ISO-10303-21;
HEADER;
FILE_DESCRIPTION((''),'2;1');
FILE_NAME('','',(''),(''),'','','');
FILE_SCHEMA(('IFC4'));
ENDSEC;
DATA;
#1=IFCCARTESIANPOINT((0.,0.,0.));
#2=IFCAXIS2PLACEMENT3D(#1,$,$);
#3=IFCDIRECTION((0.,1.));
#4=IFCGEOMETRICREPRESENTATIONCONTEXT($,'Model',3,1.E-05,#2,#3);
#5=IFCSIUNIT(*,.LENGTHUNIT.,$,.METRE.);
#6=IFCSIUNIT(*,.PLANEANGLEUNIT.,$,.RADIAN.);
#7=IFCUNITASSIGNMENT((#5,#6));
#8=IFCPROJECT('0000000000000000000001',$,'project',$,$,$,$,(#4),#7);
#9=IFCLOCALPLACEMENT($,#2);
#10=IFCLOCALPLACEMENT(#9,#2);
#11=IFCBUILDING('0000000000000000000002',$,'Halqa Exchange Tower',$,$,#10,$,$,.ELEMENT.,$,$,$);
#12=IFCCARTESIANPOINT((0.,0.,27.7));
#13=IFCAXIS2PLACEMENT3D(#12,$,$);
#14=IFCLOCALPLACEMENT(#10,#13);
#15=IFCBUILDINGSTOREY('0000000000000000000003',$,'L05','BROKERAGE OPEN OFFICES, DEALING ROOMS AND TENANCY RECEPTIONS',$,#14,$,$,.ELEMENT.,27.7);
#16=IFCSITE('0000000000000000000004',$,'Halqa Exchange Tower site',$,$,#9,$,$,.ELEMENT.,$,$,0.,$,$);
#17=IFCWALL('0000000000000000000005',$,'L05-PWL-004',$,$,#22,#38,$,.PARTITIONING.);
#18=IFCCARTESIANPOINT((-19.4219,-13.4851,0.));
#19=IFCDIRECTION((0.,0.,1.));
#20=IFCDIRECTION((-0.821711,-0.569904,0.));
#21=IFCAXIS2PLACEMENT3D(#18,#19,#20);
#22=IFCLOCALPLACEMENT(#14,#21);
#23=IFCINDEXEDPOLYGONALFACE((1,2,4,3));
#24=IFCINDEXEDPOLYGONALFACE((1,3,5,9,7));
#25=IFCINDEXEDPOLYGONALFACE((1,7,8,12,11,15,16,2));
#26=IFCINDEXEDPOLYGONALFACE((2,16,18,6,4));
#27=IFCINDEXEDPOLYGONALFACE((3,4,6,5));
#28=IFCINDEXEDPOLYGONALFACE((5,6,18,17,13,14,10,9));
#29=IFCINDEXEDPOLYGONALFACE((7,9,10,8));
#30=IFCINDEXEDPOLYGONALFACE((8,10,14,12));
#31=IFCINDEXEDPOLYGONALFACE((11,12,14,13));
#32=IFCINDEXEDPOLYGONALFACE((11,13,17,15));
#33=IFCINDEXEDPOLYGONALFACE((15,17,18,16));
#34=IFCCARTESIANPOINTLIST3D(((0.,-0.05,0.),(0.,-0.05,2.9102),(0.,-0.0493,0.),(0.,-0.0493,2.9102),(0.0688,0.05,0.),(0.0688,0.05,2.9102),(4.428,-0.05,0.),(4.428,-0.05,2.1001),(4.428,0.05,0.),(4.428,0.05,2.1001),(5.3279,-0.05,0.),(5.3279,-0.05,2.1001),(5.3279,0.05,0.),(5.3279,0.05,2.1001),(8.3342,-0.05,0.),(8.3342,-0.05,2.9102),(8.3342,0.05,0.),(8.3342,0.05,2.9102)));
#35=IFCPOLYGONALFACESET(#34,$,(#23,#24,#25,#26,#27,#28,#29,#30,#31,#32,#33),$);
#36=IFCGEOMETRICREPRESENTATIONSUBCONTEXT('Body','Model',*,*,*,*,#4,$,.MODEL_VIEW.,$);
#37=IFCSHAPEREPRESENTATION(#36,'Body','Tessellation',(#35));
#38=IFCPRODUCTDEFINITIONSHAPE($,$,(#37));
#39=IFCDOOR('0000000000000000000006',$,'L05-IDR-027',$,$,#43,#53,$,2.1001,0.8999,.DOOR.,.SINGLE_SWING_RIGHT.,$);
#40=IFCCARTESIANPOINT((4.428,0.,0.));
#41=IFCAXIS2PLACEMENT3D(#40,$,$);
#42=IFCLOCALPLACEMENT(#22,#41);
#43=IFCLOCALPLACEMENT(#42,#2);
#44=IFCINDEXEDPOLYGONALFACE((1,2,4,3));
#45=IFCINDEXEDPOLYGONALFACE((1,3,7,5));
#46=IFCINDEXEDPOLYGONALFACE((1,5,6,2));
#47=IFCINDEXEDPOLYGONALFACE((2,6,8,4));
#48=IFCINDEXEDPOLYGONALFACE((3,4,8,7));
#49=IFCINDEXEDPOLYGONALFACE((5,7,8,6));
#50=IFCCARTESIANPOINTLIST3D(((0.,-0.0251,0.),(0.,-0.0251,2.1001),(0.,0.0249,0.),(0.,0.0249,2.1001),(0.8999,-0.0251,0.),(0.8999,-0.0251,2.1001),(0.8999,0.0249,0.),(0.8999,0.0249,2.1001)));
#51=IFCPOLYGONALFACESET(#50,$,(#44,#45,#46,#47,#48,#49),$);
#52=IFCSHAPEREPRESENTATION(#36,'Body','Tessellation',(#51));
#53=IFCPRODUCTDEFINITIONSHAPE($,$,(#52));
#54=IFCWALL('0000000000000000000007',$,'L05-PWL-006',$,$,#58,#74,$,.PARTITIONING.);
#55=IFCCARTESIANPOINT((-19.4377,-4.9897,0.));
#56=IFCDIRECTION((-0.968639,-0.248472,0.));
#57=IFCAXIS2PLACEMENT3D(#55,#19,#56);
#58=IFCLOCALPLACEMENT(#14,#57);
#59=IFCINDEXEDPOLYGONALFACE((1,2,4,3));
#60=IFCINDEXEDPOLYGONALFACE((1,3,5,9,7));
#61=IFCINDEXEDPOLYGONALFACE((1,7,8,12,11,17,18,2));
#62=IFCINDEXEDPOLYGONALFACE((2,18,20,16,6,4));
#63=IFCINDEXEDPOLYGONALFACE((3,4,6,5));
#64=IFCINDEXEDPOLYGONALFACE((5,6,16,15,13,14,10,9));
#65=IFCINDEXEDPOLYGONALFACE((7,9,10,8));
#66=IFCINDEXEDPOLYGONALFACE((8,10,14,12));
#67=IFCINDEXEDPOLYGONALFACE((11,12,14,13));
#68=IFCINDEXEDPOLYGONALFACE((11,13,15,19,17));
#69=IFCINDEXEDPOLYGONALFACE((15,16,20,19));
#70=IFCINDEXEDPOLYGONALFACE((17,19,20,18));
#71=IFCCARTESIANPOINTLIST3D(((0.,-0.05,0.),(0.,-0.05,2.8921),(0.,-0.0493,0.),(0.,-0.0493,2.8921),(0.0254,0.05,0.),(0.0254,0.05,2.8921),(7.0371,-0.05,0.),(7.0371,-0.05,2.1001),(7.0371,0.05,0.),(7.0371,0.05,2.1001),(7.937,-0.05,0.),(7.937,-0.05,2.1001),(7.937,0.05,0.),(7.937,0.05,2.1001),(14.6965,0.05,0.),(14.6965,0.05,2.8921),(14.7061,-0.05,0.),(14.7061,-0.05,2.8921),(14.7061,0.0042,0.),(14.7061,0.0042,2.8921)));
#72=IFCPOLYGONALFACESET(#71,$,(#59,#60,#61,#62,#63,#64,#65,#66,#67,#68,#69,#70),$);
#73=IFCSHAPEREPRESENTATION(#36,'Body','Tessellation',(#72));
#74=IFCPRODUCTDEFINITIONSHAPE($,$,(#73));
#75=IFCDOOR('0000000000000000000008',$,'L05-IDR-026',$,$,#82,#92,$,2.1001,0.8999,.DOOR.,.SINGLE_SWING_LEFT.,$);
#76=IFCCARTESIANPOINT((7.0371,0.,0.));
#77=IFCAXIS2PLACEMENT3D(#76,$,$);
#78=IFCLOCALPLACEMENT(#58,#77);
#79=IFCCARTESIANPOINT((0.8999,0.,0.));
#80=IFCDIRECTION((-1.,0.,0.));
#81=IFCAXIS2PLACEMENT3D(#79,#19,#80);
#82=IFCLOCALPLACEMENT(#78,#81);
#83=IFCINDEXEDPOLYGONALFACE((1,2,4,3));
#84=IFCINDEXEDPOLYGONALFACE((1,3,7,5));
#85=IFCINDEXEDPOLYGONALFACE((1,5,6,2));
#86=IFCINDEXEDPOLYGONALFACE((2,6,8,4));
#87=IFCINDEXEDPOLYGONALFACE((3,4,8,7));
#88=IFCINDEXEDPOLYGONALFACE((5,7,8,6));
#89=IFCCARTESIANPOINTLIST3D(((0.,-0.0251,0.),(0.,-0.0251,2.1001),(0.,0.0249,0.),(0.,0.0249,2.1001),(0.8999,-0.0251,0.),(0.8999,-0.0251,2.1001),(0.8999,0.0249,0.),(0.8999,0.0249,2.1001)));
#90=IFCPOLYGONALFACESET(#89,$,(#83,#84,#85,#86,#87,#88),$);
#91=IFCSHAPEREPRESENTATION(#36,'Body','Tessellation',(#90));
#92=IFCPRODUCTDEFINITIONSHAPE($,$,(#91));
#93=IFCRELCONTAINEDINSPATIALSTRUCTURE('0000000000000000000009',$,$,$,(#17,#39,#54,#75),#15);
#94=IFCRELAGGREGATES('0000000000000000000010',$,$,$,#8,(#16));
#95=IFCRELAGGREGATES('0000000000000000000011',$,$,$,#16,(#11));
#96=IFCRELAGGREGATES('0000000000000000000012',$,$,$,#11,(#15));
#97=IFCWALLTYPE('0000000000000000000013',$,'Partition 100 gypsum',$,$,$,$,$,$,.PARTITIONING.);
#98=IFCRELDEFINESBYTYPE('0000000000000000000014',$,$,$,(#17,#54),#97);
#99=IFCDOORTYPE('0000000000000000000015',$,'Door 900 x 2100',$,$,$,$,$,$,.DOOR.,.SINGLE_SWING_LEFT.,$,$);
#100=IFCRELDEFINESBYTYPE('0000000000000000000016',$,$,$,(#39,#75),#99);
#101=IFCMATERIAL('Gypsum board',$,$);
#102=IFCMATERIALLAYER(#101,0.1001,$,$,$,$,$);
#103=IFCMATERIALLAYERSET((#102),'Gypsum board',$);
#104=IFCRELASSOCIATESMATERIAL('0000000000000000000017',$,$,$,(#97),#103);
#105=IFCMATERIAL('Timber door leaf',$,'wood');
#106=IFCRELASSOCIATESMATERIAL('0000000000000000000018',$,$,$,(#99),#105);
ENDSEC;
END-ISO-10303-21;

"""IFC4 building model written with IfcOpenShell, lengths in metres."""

from ifc_helpers import new_model, si_unit, direction, frame, frame_2d, origin, place, context, subcontext, project, spatial, polyline, rectangle, outline, extrude, material, layer, layer_set, type_object, element, fill, save


model = new_model("IFC4")

# Units and contexts
model_context = context("Model", 3, precision=1e-05, world=origin(), true_north=direction((0.0, 1.0)))
body_context = subcontext(model_context, "Body", "Model", "MODEL_VIEW")
ifc_project = project(units=[si_unit("LENGTHUNIT", "METRE"), si_unit("PLANEANGLEUNIT", "RADIAN")], contexts=[model_context])

# Site, building, storey
site_placement = place(None, origin())
site = spatial("IfcSite", under=ifc_project, at=site_placement, Name="Halqa Exchange Tower site", CompositionType="ELEMENT", RefElevation=0.0)
building_placement = place(site_placement, origin())
building = spatial("IfcBuilding", under=site, at=building_placement, Name="Halqa Exchange Tower", CompositionType="ELEMENT")
storey_placement = place(building_placement, frame((0.0, 0.0, 27.7)))
storey = spatial("IfcBuildingStorey", under=building, at=storey_placement, Name="L05", Description="BROKERAGE OPEN OFFICES, DEALING ROOMS AND TENANCY RECEPTIONS", CompositionType="ELEMENT", Elevation=27.7)

# Wall, opening, door
ifc_material_1 = material(Name="Gypsum board")
ifc_layer_1 = layer(ifc_material_1, 0.1001)
ifc_layer_set_1 = layer_set([ifc_layer_1], Name="Gypsum board")
wall_type_1 = type_object("IfcWallType", Name="Partition 100 gypsum", PredefinedType="PARTITIONING", material=ifc_layer_set_1)
wall_1_placement = place(storey_placement, frame((-19.4219, -13.4851, 0.0), z_axis=(0.0, 0.0, 1.0), x_axis=(-0.821711, -0.569904, 0.0)))
wall_1 = element("IfcWall", 1, at=wall_1_placement, inside=storey, type_object=wall_type_1, Name="L05-PWL-004", PredefinedType="PARTITIONING", context=body_context, shape_type="SweptSolid", body=[
    extrude(outline(polyline([(8.3342, 0.05), (6.6812, 0.05), (5.0281, 0.05), (3.375, 0.05), (1.7219, 0.05), (0.0688, 0.05), (0.0, -0.0493), (0.0, -0.05), (1.6667, -0.05), (3.3337, -0.05), (5.0005, -0.05), (6.6675, -0.05), (8.3342, -0.05), (8.3342, 0.05)])), origin(), (0.0, 0.0, 1.0), 2.9102),
])
opening_1_placement = place(wall_1_placement, frame((4.428, 0.0, 0.0)))
opening_1 = element("IfcOpeningElement", 2, at=opening_1_placement, cuts=wall_1, PredefinedType="OPENING", context=body_context, shape_type="SweptSolid", body=[
    extrude(rectangle(XDim=0.8999, YDim=2.1001, at=frame_2d((0.45, 1.05))), frame((0.0, 0.062, 0.0), z_axis=(0.0, -1.0, 0.0), x_axis=(1.0, 0.0, 0.0)), (0.0, 0.0, 1.0), 0.124),
])
ifc_material_2 = material(Name="Timber door leaf", Category="wood")
door_type_1 = type_object("IfcDoorType", Name="Door 900 x 2100", OperationType="SINGLE_SWING_LEFT", PredefinedType="DOOR", material=ifc_material_2)
door_1_placement = place(opening_1_placement, origin())
door_1 = element("IfcDoor", 3, at=door_1_placement, inside=storey, type_object=door_type_1, Name="L05-IDR-027", OperationType="SINGLE_SWING_RIGHT", OverallHeight=2.1001, OverallWidth=0.8999, PredefinedType="DOOR", context=body_context, shape_type="SweptSolid", body=[
    extrude(rectangle(XDim=0.8999, YDim=2.1001, at=frame_2d((0.45, 1.05))), frame((0.0, 0.0249, 0.0), z_axis=(0.0, -1.0, 0.0), x_axis=(1.0, 0.0, 0.0)), (0.0, 0.0, 1.0), 0.05),
])
fill(opening_1, door_1)

# Wall, opening, door
wall_2_placement = place(storey_placement, frame((-19.4377, -4.9897, 0.0), z_axis=(0.0, 0.0, 1.0), x_axis=(-0.968639, -0.248472, 0.0)))
wall_2 = element("IfcWall", 4, at=wall_2_placement, inside=storey, type_object=wall_type_1, Name="L05-PWL-006", PredefinedType="PARTITIONING", context=body_context, shape_type="SweptSolid", body=[
    extrude(outline(polyline([(14.7061, -0.05), (14.7061, 0.0042), (14.6965, 0.05), (12.8625, 0.05), (11.0288, 0.05), (9.1948, 0.05), (7.3611, 0.05), (5.5271, 0.05), (3.6934, 0.05), (1.8594, 0.05), (0.0254, 0.05), (0.0, -0.0493), (0.0, -0.05), (1.8384, -0.05), (3.6765, -0.05), (5.5146, -0.05), (7.353, -0.05), (9.1914, -0.05), (11.0295, -0.05), (12.8677, -0.05), (14.7061, -0.05)])), origin(), (0.0, 0.0, 1.0), 2.8921),
])
opening_2_placement = place(wall_2_placement, frame((7.0371, 0.0, 0.0)))
opening_2 = element("IfcOpeningElement", 5, at=opening_2_placement, cuts=wall_2, PredefinedType="OPENING", context=body_context, shape_type="SweptSolid", body=[
    extrude(rectangle(XDim=0.8999, YDim=2.1001, at=frame_2d((0.45, 1.05))), frame((0.0, 0.062, 0.0), z_axis=(0.0, -1.0, 0.0), x_axis=(1.0, 0.0, 0.0)), (0.0, 0.0, 1.0), 0.124),
])
door_2_placement = place(opening_2_placement, frame((0.8999, 0.0, 0.0), z_axis=(0.0, 0.0, 1.0), x_axis=(-1.0, 0.0, 0.0)))
door_2 = element("IfcDoor", 6, at=door_2_placement, inside=storey, type_object=door_type_1, Name="L05-IDR-026", OperationType="SINGLE_SWING_LEFT", OverallHeight=2.1001, OverallWidth=0.8999, PredefinedType="DOOR", context=body_context, shape_type="SweptSolid", body=[
    extrude(rectangle(XDim=0.8999, YDim=2.1001, at=frame_2d((0.45, 1.05))), frame((0.0, 0.0249, 0.0), z_axis=(0.0, -1.0, 0.0), x_axis=(1.0, 0.0, 0.0)), (0.0, 0.0, 1.0), 0.05),
])
fill(opening_2, door_2)

save(model, "model.ifc")
